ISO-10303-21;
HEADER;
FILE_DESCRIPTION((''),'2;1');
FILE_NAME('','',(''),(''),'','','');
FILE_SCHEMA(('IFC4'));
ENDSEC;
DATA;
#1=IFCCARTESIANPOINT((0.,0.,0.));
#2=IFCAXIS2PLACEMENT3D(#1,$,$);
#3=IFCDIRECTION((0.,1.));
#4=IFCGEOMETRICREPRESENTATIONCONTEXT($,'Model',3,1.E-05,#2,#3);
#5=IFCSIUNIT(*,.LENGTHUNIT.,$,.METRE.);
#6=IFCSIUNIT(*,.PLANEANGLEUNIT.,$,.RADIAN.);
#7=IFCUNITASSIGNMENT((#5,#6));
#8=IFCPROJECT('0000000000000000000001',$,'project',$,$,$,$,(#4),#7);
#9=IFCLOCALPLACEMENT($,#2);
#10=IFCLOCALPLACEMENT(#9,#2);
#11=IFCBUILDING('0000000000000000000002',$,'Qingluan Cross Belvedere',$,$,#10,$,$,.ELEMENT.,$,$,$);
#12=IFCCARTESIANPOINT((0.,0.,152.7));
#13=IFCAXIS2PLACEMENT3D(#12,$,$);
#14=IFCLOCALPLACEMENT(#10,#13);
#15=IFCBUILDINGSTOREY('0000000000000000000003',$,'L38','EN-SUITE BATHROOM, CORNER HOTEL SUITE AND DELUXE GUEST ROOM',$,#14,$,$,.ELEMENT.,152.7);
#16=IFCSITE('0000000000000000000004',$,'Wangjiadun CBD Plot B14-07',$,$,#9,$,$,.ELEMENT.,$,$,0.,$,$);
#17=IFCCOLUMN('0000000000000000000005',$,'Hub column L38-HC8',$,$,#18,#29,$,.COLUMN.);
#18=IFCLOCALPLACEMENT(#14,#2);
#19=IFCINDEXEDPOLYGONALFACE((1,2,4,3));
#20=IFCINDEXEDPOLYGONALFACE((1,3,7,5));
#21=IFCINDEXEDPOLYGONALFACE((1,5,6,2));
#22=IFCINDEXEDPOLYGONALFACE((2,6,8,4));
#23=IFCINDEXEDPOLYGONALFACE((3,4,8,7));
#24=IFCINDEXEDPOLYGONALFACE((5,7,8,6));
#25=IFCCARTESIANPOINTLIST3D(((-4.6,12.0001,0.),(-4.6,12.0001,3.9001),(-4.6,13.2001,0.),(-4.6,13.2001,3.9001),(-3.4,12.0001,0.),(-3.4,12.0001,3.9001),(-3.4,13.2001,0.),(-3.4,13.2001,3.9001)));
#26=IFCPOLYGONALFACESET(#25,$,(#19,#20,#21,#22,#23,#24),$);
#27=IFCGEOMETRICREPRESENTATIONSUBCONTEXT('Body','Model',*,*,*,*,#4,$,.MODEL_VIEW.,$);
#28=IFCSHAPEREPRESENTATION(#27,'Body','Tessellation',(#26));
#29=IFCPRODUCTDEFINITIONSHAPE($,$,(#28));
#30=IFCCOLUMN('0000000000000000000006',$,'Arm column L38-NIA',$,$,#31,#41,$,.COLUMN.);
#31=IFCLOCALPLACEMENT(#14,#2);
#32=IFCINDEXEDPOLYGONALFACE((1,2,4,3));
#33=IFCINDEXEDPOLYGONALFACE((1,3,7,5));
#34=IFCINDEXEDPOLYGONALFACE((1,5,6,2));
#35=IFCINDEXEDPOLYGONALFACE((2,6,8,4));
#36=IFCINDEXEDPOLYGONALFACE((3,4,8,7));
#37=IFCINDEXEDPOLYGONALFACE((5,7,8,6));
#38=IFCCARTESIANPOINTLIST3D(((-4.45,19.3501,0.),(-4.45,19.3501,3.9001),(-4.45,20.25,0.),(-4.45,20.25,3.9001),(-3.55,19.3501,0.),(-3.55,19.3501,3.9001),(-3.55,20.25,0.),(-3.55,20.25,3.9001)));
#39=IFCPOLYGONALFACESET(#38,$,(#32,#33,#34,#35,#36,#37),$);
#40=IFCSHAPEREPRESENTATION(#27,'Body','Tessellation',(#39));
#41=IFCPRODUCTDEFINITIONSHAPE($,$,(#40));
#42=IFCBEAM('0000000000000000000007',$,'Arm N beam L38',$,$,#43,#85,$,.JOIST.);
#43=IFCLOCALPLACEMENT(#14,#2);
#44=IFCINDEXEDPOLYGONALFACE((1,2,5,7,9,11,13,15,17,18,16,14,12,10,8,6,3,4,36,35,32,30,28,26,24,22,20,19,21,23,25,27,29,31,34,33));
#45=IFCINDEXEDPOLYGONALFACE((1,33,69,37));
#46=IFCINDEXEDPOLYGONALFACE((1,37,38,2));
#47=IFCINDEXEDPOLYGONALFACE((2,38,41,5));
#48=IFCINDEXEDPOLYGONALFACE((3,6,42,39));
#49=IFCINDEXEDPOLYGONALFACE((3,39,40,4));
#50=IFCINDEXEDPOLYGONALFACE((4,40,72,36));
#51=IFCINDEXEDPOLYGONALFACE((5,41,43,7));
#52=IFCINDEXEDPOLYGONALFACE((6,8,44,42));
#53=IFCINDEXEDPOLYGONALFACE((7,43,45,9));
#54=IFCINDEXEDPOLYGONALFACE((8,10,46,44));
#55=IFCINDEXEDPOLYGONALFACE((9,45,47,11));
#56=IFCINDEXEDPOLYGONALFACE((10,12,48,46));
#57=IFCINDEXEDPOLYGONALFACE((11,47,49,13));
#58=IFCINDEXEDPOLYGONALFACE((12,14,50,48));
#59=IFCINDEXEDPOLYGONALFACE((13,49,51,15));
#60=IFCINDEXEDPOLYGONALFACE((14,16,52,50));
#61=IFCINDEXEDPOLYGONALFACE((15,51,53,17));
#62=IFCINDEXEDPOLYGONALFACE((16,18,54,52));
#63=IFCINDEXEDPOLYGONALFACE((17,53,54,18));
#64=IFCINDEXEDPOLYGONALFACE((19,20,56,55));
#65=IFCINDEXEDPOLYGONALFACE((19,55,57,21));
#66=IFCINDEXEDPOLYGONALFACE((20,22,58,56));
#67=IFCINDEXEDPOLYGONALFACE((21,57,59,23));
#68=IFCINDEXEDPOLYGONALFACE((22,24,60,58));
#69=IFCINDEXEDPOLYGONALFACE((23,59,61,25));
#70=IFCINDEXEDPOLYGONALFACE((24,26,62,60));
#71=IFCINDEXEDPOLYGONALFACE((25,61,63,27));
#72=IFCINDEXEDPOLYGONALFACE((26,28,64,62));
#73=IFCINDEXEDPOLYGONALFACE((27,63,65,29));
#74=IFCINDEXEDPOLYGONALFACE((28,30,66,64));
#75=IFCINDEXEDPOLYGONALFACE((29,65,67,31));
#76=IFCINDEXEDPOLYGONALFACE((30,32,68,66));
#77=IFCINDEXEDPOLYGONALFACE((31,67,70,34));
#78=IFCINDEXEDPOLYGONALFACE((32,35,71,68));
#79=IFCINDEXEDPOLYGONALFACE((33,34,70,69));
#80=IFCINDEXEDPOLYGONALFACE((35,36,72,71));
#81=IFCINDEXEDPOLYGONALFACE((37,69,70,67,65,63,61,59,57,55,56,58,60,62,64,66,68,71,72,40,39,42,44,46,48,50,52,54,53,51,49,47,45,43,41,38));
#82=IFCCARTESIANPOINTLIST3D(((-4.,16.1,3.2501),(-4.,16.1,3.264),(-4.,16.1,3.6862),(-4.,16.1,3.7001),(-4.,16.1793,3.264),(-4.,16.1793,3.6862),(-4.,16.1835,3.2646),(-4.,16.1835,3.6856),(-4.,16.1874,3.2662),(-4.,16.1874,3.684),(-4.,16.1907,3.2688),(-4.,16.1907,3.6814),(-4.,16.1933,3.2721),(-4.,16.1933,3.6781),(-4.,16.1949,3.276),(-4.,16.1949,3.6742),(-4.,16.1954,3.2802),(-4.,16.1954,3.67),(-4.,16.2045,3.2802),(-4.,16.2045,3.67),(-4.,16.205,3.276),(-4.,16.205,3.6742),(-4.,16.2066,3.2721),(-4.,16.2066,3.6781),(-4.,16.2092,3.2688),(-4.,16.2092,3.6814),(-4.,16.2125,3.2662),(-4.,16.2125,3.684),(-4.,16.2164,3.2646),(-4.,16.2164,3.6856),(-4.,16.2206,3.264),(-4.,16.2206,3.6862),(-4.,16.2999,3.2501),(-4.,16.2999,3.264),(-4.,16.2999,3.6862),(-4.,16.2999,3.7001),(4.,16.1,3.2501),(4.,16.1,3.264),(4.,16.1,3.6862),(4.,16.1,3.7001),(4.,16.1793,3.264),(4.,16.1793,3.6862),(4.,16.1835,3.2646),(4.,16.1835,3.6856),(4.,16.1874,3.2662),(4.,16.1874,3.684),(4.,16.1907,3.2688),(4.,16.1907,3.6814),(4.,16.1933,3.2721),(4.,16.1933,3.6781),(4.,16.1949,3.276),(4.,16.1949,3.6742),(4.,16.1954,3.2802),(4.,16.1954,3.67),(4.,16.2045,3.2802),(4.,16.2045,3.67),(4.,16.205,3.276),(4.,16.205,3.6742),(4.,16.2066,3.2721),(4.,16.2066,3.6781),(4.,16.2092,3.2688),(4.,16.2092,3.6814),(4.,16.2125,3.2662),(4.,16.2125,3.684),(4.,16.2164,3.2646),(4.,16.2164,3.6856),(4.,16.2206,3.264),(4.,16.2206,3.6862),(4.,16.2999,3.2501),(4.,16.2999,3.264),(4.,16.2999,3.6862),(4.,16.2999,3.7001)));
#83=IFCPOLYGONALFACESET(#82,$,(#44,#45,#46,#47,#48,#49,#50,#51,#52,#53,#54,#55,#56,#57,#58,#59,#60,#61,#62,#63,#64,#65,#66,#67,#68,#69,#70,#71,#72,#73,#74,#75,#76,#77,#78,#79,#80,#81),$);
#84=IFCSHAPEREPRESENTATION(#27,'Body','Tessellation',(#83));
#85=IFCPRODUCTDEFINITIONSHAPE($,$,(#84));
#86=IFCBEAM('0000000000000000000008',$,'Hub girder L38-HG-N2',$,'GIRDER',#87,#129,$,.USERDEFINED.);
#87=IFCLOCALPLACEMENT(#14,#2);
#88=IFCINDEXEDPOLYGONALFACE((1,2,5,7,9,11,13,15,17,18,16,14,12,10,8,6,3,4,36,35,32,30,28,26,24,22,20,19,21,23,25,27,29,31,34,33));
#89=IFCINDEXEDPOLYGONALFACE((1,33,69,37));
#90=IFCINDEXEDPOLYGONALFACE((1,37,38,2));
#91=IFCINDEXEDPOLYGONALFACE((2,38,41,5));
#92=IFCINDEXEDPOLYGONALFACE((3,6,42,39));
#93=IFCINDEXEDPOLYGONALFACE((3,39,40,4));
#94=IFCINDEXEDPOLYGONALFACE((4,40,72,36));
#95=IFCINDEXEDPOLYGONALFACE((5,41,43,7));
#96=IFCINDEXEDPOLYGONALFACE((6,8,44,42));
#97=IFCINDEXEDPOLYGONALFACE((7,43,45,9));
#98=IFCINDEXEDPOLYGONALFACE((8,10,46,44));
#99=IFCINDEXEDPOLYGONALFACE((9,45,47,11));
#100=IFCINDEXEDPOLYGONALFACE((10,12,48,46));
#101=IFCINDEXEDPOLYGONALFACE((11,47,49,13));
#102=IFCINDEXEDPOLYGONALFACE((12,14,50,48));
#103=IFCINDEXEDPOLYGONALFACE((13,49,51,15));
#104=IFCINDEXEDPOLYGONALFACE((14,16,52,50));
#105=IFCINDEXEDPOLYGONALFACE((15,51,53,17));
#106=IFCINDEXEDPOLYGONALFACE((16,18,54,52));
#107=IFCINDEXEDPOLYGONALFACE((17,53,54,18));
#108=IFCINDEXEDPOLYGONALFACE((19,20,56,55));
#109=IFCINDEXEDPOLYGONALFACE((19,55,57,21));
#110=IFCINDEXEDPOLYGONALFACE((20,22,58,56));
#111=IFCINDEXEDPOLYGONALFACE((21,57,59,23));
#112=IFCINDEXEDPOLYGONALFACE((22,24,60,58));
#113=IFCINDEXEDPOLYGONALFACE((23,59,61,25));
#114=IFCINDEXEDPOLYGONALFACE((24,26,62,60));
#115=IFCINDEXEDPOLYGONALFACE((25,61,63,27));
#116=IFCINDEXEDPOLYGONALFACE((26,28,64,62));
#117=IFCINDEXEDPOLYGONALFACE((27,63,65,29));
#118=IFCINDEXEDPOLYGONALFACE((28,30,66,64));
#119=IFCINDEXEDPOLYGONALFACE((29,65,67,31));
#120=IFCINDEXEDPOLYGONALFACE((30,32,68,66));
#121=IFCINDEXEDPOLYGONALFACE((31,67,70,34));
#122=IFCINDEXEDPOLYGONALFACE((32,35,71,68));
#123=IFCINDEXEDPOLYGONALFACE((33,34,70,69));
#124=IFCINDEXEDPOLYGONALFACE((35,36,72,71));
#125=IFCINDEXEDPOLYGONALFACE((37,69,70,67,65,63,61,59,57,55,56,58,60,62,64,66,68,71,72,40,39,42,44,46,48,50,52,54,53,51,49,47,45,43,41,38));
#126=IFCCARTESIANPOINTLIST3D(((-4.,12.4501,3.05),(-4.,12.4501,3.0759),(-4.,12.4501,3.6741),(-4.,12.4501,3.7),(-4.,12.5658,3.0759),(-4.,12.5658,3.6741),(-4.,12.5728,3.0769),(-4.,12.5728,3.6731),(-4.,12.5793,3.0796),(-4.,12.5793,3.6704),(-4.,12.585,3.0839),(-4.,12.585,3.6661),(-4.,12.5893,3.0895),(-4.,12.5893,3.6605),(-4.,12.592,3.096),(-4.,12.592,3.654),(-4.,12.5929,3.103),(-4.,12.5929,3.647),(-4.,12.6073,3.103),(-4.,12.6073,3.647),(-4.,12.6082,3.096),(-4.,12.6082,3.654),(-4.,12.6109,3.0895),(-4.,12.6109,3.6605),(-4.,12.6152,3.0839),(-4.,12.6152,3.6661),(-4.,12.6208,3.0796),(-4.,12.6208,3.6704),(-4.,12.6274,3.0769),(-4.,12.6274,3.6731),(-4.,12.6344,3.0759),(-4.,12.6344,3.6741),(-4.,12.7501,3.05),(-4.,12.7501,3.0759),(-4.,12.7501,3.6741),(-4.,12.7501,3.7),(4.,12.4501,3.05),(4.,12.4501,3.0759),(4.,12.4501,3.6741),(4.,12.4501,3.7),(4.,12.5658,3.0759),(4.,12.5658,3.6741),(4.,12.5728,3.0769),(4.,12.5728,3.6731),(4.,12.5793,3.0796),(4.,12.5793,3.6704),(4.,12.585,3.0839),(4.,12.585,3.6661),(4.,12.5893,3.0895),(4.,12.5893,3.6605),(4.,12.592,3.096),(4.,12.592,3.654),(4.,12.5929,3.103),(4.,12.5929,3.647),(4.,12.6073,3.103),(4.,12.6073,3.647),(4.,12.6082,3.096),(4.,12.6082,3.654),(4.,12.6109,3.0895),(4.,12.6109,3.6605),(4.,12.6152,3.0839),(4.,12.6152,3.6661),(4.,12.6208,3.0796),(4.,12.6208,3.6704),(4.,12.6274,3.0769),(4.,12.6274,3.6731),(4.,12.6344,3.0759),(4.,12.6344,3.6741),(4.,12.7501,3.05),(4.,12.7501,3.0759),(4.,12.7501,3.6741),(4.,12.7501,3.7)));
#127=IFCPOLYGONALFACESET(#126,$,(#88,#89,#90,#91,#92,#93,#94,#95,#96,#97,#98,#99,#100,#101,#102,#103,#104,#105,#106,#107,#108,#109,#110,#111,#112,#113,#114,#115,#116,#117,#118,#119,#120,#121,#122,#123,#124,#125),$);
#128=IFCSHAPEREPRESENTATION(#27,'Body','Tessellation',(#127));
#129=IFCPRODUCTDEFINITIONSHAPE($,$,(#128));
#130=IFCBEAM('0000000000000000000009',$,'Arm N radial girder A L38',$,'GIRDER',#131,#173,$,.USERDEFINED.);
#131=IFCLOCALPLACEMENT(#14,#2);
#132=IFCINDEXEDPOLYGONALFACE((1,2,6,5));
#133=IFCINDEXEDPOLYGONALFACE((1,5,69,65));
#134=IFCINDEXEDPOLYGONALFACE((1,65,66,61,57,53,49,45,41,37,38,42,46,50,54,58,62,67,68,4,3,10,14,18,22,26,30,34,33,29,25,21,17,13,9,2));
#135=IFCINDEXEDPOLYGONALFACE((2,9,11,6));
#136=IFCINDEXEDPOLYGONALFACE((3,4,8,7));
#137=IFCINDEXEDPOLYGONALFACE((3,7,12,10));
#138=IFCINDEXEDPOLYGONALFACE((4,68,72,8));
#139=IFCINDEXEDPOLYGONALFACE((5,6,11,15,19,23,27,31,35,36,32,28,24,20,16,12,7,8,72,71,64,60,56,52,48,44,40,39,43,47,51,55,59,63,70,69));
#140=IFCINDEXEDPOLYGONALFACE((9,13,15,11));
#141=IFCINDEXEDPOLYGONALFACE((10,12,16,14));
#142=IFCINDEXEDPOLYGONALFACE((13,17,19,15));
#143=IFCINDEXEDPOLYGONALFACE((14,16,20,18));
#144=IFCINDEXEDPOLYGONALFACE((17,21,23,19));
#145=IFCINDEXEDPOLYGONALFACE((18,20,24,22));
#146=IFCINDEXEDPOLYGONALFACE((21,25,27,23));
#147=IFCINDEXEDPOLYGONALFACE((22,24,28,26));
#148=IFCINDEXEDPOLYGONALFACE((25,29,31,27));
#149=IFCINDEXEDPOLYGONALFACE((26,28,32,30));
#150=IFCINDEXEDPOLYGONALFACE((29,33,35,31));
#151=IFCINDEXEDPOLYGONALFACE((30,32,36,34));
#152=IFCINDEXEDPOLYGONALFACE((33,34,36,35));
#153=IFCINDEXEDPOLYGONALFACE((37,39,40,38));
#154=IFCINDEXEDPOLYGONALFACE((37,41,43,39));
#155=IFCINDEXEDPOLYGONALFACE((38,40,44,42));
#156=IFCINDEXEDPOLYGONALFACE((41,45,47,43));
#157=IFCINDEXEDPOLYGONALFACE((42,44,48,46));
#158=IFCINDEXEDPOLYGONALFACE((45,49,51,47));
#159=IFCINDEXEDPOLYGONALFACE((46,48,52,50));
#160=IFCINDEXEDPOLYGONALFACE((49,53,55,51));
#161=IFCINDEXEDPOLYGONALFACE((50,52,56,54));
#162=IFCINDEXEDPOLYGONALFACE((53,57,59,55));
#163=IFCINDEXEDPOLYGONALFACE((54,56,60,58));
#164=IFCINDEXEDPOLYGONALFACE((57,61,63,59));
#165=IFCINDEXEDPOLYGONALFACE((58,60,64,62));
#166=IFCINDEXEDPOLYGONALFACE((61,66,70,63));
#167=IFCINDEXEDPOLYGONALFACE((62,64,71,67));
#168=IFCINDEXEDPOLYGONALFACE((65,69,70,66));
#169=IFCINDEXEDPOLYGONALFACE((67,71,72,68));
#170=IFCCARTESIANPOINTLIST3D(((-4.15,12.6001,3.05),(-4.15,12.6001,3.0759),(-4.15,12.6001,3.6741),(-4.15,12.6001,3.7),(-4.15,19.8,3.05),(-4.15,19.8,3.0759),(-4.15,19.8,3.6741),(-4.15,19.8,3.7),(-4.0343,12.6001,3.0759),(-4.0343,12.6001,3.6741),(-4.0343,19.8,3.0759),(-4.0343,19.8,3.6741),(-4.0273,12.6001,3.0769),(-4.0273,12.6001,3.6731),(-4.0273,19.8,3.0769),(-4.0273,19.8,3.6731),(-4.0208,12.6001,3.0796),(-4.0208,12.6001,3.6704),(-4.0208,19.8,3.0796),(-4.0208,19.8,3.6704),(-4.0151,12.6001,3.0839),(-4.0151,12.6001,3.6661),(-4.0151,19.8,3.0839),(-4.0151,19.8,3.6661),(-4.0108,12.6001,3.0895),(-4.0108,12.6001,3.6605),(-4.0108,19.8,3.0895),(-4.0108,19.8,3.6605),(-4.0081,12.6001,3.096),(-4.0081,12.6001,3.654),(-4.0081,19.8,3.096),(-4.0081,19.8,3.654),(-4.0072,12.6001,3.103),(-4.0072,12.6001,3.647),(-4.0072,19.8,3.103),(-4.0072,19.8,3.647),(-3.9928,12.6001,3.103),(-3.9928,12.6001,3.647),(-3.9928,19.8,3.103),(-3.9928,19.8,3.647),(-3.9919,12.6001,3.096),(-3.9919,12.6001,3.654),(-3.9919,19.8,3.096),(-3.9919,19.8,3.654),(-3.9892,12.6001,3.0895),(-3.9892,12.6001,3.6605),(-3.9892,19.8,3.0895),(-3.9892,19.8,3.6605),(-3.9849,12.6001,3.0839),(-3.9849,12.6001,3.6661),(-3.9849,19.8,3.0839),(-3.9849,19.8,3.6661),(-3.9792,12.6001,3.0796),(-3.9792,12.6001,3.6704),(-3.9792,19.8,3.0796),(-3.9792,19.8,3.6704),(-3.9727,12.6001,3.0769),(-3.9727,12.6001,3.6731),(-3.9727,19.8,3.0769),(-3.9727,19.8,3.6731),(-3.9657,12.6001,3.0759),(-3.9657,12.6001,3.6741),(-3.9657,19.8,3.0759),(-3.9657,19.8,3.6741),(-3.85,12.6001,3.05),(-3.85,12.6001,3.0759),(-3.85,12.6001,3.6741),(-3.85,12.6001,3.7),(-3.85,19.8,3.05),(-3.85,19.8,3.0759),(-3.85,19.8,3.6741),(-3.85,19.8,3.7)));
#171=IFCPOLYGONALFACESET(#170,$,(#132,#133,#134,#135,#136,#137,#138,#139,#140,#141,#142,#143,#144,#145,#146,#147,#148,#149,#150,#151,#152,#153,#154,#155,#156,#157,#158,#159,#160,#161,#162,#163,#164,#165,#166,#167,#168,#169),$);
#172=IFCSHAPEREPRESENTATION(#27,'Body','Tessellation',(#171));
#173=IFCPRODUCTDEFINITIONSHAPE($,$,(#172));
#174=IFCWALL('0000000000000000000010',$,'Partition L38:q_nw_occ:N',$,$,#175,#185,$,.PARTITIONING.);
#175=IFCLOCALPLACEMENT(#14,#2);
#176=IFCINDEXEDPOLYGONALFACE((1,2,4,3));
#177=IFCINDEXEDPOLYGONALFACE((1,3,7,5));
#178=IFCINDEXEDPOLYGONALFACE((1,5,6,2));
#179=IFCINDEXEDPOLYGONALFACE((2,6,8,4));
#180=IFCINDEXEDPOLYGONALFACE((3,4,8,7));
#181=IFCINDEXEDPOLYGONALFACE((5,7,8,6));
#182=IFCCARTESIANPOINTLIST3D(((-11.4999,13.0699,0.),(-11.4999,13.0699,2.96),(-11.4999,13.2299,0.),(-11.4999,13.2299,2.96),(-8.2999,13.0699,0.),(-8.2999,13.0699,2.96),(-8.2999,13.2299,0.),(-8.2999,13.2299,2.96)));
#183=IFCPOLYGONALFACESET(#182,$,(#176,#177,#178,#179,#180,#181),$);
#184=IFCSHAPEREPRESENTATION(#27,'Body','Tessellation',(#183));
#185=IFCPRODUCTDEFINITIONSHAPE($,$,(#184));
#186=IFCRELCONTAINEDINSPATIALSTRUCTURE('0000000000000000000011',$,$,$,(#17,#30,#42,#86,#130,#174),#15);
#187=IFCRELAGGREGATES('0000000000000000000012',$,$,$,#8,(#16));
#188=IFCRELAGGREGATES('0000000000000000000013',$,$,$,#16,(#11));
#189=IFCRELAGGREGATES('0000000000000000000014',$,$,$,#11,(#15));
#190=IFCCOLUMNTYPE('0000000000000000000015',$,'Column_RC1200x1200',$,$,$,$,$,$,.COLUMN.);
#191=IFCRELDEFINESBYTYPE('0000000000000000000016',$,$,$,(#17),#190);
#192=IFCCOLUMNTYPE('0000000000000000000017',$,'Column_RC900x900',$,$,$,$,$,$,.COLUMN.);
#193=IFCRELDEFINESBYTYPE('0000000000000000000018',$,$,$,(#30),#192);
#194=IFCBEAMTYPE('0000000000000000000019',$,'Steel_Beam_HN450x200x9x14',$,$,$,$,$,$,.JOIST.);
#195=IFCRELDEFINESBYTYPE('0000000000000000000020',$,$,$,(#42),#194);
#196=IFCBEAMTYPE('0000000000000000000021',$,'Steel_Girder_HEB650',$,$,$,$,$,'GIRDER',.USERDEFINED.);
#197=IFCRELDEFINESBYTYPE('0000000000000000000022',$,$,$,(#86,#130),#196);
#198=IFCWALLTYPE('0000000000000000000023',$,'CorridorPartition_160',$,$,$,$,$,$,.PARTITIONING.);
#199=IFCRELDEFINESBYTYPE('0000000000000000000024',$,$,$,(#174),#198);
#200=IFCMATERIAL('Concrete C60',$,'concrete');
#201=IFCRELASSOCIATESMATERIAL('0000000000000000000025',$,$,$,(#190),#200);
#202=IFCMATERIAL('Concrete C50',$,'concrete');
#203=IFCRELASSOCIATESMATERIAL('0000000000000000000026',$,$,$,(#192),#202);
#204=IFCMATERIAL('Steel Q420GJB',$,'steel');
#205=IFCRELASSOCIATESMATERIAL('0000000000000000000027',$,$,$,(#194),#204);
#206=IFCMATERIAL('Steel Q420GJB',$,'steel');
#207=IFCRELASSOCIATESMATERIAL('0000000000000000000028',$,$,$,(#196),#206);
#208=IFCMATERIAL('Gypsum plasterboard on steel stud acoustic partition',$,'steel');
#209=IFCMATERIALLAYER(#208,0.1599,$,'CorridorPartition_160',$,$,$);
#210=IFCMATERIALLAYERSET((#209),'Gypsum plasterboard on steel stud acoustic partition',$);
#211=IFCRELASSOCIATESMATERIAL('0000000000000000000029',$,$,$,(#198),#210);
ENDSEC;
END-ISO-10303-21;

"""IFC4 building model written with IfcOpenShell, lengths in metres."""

from ifc_helpers import new_model, si_unit, direction, frame, frame_2d, origin, origin_2d, place, context, subcontext, project, spatial, rectangle, i_section, extrude, material, layer, layer_set, material_profile, profile_set, type_object, element, save


model = new_model("IFC4")

# Units and contexts
model_context = context("Model", 3, precision=1e-05, world=origin(), true_north=direction((0.0, 1.0)))
body_context = subcontext(model_context, "Body", "Model", "MODEL_VIEW")
ifc_project = project(units=[si_unit("LENGTHUNIT", "METRE"), si_unit("PLANEANGLEUNIT", "RADIAN")], contexts=[model_context])

# Site, building, storey
site_placement = place(None, origin())
site = spatial("IfcSite", under=ifc_project, at=site_placement, Name="Wangjiadun CBD Plot B14-07", CompositionType="ELEMENT", RefElevation=0.0)
building_placement = place(site_placement, origin())
building = spatial("IfcBuilding", under=site, at=building_placement, Name="Qingluan Cross Belvedere", CompositionType="ELEMENT")
storey_placement = place(building_placement, frame((0.0, 0.0, 152.7)))
storey = spatial("IfcBuildingStorey", under=building, at=storey_placement, Name="L38", Description="EN-SUITE BATHROOM, CORNER HOTEL SUITE AND DELUXE GUEST ROOM", CompositionType="ELEMENT", Elevation=152.7)

# Columns
ifc_material_1 = material(Name="Concrete C60", Category="concrete")
ifc_material_profile_1 = material_profile(ifc_material_1, rectangle(XDim=1.2, YDim=1.2, at=origin_2d()), Name="RC1200x1200")
ifc_profile_set_1 = profile_set([ifc_material_profile_1], Name="Concrete C60")
column_type_1 = type_object("IfcColumnType", Name="Column_RC1200x1200", PredefinedType="COLUMN", material=ifc_profile_set_1)
column_1_placement = place(storey_placement, frame((-4.0, 12.6001, 0.0), z_axis=(0.0, 0.0, 1.0), x_axis=(1.0, 0.0, 0.0)))
element("IfcColumn", 1, at=column_1_placement, inside=storey, type_object=column_type_1, Name="Hub column L38-HC8", PredefinedType="COLUMN", context=body_context, shape_type="SweptSolid", body=[
    extrude(rectangle(XDim=1.2, YDim=1.2, at=origin_2d()), origin(), (0.0, 0.0, 1.0), 3.9001),
])
ifc_material_2 = material(Name="Concrete C50", Category="concrete")
ifc_material_profile_2 = material_profile(ifc_material_2, rectangle(XDim=0.8999, YDim=0.8999, at=origin_2d()), Name="RC900x900")
ifc_profile_set_2 = profile_set([ifc_material_profile_2], Name="Concrete C50")
column_type_2 = type_object("IfcColumnType", Name="Column_RC900x900", PredefinedType="COLUMN", material=ifc_profile_set_2)
column_2_placement = place(storey_placement, frame((-4.0, 19.8, 0.0), z_axis=(0.0, 0.0, 1.0), x_axis=(1.0, 0.0, 0.0)))
element("IfcColumn", 2, at=column_2_placement, inside=storey, type_object=column_type_2, Name="Arm column L38-NIA", PredefinedType="COLUMN", context=body_context, shape_type="SweptSolid", body=[
    extrude(rectangle(XDim=0.8999, YDim=0.8999, at=origin_2d()), origin(), (0.0, 0.0, 1.0), 3.9001),
])

# Beams
ifc_material_3 = material(Name="Steel Q420GJB", Category="steel")
ifc_material_profile_3 = material_profile(ifc_material_3, i_section(OverallWidth=0.2, OverallDepth=0.45, WebThickness=0.009, FlangeThickness=0.0139, FilletRadius=0.0161, at=origin_2d()), Name="HN450x200x9x14")
ifc_profile_set_3 = profile_set([ifc_material_profile_3], Name="Steel Q420GJB")
beam_type_1 = type_object("IfcBeamType", Name="Steel_Beam_HN450x200x9x14", PredefinedType="JOIST", material=ifc_profile_set_3)
beam_1_placement = place(storey_placement, frame((-4.0, 16.2, 3.4751), z_axis=(1.0, 0.0, 0.0), x_axis=(0.0, 1.0, 0.0)))
element("IfcBeam", 3, at=beam_1_placement, inside=storey, type_object=beam_type_1, Name="Arm N beam L38", PredefinedType="JOIST", context=body_context, shape_type="SweptSolid", body=[
    extrude(i_section(OverallWidth=0.2, OverallDepth=0.45, WebThickness=0.009, FlangeThickness=0.0139, FilletRadius=0.0161, at=origin_2d()), origin(), (0.0, 0.0, 1.0), 8.0),
])
ifc_material_4 = material(Name="Steel Q420GJB", Category="steel")
ifc_material_profile_4 = material_profile(ifc_material_4, i_section(OverallWidth=0.3, OverallDepth=0.6499, WebThickness=0.0144, FlangeThickness=0.0259, FilletRadius=0.0271, at=origin_2d()), Name="HEB650")
ifc_profile_set_4 = profile_set([ifc_material_profile_4], Name="Steel Q420GJB")
beam_type_2 = type_object("IfcBeamType", Name="Steel_Girder_HEB650", ElementType="GIRDER", PredefinedType="USERDEFINED", material=ifc_profile_set_4)
beam_2_placement = place(storey_placement, frame((-4.0, 12.6001, 3.375), z_axis=(1.0, 0.0, 0.0), x_axis=(0.0, 1.0, 0.0)))
element("IfcBeam", 4, at=beam_2_placement, inside=storey, type_object=beam_type_2, Name="Hub girder L38-HG-N2", ObjectType="GIRDER", PredefinedType="USERDEFINED", context=body_context, shape_type="SweptSolid", body=[
    extrude(i_section(OverallWidth=0.3, OverallDepth=0.6499, WebThickness=0.0144, FlangeThickness=0.0259, FilletRadius=0.0271, at=origin_2d()), origin(), (0.0, 0.0, 1.0), 8.0),
])
beam_3_placement = place(storey_placement, frame((-4.0, 12.6001, 3.375), z_axis=(0.0, 1.0, 0.0), x_axis=(-1.0, 0.0, 0.0)))
element("IfcBeam", 5, at=beam_3_placement, inside=storey, type_object=beam_type_2, Name="Arm N radial girder A L38", ObjectType="GIRDER", PredefinedType="USERDEFINED", context=body_context, shape_type="SweptSolid", body=[
    extrude(i_section(OverallWidth=0.3, OverallDepth=0.6499, WebThickness=0.0144, FlangeThickness=0.0259, FilletRadius=0.0271, at=origin_2d()), origin(), (0.0, 0.0, 1.0), 7.2),
])

# Wall
ifc_material_5 = material(Name="Gypsum plasterboard on steel stud acoustic partition", Category="steel")
ifc_layer_1 = layer(ifc_material_5, 0.1599, Name="CorridorPartition_160")
ifc_layer_set_1 = layer_set([ifc_layer_1], Name="Gypsum plasterboard on steel stud acoustic partition")
wall_type_1 = type_object("IfcWallType", Name="CorridorPartition_160", PredefinedType="PARTITIONING", material=ifc_layer_set_1)
wall_1_placement = place(storey_placement, frame((-11.5, 13.1499, 0.0), z_axis=(0.0, 0.0, 1.0), x_axis=(1.0, 0.0, 0.0)))
element("IfcWall", 6, at=wall_1_placement, inside=storey, type_object=wall_type_1, Name="Partition L38:q_nw_occ:N", PredefinedType="PARTITIONING", context=body_context, shape_type="SweptSolid", body=[
    extrude(rectangle(XDim=3.2, YDim=0.1599, at=frame_2d((1.6001, 0.0))), origin(), (0.0, 0.0, 1.0), 2.96),
])

save(model, "model.ifc")
